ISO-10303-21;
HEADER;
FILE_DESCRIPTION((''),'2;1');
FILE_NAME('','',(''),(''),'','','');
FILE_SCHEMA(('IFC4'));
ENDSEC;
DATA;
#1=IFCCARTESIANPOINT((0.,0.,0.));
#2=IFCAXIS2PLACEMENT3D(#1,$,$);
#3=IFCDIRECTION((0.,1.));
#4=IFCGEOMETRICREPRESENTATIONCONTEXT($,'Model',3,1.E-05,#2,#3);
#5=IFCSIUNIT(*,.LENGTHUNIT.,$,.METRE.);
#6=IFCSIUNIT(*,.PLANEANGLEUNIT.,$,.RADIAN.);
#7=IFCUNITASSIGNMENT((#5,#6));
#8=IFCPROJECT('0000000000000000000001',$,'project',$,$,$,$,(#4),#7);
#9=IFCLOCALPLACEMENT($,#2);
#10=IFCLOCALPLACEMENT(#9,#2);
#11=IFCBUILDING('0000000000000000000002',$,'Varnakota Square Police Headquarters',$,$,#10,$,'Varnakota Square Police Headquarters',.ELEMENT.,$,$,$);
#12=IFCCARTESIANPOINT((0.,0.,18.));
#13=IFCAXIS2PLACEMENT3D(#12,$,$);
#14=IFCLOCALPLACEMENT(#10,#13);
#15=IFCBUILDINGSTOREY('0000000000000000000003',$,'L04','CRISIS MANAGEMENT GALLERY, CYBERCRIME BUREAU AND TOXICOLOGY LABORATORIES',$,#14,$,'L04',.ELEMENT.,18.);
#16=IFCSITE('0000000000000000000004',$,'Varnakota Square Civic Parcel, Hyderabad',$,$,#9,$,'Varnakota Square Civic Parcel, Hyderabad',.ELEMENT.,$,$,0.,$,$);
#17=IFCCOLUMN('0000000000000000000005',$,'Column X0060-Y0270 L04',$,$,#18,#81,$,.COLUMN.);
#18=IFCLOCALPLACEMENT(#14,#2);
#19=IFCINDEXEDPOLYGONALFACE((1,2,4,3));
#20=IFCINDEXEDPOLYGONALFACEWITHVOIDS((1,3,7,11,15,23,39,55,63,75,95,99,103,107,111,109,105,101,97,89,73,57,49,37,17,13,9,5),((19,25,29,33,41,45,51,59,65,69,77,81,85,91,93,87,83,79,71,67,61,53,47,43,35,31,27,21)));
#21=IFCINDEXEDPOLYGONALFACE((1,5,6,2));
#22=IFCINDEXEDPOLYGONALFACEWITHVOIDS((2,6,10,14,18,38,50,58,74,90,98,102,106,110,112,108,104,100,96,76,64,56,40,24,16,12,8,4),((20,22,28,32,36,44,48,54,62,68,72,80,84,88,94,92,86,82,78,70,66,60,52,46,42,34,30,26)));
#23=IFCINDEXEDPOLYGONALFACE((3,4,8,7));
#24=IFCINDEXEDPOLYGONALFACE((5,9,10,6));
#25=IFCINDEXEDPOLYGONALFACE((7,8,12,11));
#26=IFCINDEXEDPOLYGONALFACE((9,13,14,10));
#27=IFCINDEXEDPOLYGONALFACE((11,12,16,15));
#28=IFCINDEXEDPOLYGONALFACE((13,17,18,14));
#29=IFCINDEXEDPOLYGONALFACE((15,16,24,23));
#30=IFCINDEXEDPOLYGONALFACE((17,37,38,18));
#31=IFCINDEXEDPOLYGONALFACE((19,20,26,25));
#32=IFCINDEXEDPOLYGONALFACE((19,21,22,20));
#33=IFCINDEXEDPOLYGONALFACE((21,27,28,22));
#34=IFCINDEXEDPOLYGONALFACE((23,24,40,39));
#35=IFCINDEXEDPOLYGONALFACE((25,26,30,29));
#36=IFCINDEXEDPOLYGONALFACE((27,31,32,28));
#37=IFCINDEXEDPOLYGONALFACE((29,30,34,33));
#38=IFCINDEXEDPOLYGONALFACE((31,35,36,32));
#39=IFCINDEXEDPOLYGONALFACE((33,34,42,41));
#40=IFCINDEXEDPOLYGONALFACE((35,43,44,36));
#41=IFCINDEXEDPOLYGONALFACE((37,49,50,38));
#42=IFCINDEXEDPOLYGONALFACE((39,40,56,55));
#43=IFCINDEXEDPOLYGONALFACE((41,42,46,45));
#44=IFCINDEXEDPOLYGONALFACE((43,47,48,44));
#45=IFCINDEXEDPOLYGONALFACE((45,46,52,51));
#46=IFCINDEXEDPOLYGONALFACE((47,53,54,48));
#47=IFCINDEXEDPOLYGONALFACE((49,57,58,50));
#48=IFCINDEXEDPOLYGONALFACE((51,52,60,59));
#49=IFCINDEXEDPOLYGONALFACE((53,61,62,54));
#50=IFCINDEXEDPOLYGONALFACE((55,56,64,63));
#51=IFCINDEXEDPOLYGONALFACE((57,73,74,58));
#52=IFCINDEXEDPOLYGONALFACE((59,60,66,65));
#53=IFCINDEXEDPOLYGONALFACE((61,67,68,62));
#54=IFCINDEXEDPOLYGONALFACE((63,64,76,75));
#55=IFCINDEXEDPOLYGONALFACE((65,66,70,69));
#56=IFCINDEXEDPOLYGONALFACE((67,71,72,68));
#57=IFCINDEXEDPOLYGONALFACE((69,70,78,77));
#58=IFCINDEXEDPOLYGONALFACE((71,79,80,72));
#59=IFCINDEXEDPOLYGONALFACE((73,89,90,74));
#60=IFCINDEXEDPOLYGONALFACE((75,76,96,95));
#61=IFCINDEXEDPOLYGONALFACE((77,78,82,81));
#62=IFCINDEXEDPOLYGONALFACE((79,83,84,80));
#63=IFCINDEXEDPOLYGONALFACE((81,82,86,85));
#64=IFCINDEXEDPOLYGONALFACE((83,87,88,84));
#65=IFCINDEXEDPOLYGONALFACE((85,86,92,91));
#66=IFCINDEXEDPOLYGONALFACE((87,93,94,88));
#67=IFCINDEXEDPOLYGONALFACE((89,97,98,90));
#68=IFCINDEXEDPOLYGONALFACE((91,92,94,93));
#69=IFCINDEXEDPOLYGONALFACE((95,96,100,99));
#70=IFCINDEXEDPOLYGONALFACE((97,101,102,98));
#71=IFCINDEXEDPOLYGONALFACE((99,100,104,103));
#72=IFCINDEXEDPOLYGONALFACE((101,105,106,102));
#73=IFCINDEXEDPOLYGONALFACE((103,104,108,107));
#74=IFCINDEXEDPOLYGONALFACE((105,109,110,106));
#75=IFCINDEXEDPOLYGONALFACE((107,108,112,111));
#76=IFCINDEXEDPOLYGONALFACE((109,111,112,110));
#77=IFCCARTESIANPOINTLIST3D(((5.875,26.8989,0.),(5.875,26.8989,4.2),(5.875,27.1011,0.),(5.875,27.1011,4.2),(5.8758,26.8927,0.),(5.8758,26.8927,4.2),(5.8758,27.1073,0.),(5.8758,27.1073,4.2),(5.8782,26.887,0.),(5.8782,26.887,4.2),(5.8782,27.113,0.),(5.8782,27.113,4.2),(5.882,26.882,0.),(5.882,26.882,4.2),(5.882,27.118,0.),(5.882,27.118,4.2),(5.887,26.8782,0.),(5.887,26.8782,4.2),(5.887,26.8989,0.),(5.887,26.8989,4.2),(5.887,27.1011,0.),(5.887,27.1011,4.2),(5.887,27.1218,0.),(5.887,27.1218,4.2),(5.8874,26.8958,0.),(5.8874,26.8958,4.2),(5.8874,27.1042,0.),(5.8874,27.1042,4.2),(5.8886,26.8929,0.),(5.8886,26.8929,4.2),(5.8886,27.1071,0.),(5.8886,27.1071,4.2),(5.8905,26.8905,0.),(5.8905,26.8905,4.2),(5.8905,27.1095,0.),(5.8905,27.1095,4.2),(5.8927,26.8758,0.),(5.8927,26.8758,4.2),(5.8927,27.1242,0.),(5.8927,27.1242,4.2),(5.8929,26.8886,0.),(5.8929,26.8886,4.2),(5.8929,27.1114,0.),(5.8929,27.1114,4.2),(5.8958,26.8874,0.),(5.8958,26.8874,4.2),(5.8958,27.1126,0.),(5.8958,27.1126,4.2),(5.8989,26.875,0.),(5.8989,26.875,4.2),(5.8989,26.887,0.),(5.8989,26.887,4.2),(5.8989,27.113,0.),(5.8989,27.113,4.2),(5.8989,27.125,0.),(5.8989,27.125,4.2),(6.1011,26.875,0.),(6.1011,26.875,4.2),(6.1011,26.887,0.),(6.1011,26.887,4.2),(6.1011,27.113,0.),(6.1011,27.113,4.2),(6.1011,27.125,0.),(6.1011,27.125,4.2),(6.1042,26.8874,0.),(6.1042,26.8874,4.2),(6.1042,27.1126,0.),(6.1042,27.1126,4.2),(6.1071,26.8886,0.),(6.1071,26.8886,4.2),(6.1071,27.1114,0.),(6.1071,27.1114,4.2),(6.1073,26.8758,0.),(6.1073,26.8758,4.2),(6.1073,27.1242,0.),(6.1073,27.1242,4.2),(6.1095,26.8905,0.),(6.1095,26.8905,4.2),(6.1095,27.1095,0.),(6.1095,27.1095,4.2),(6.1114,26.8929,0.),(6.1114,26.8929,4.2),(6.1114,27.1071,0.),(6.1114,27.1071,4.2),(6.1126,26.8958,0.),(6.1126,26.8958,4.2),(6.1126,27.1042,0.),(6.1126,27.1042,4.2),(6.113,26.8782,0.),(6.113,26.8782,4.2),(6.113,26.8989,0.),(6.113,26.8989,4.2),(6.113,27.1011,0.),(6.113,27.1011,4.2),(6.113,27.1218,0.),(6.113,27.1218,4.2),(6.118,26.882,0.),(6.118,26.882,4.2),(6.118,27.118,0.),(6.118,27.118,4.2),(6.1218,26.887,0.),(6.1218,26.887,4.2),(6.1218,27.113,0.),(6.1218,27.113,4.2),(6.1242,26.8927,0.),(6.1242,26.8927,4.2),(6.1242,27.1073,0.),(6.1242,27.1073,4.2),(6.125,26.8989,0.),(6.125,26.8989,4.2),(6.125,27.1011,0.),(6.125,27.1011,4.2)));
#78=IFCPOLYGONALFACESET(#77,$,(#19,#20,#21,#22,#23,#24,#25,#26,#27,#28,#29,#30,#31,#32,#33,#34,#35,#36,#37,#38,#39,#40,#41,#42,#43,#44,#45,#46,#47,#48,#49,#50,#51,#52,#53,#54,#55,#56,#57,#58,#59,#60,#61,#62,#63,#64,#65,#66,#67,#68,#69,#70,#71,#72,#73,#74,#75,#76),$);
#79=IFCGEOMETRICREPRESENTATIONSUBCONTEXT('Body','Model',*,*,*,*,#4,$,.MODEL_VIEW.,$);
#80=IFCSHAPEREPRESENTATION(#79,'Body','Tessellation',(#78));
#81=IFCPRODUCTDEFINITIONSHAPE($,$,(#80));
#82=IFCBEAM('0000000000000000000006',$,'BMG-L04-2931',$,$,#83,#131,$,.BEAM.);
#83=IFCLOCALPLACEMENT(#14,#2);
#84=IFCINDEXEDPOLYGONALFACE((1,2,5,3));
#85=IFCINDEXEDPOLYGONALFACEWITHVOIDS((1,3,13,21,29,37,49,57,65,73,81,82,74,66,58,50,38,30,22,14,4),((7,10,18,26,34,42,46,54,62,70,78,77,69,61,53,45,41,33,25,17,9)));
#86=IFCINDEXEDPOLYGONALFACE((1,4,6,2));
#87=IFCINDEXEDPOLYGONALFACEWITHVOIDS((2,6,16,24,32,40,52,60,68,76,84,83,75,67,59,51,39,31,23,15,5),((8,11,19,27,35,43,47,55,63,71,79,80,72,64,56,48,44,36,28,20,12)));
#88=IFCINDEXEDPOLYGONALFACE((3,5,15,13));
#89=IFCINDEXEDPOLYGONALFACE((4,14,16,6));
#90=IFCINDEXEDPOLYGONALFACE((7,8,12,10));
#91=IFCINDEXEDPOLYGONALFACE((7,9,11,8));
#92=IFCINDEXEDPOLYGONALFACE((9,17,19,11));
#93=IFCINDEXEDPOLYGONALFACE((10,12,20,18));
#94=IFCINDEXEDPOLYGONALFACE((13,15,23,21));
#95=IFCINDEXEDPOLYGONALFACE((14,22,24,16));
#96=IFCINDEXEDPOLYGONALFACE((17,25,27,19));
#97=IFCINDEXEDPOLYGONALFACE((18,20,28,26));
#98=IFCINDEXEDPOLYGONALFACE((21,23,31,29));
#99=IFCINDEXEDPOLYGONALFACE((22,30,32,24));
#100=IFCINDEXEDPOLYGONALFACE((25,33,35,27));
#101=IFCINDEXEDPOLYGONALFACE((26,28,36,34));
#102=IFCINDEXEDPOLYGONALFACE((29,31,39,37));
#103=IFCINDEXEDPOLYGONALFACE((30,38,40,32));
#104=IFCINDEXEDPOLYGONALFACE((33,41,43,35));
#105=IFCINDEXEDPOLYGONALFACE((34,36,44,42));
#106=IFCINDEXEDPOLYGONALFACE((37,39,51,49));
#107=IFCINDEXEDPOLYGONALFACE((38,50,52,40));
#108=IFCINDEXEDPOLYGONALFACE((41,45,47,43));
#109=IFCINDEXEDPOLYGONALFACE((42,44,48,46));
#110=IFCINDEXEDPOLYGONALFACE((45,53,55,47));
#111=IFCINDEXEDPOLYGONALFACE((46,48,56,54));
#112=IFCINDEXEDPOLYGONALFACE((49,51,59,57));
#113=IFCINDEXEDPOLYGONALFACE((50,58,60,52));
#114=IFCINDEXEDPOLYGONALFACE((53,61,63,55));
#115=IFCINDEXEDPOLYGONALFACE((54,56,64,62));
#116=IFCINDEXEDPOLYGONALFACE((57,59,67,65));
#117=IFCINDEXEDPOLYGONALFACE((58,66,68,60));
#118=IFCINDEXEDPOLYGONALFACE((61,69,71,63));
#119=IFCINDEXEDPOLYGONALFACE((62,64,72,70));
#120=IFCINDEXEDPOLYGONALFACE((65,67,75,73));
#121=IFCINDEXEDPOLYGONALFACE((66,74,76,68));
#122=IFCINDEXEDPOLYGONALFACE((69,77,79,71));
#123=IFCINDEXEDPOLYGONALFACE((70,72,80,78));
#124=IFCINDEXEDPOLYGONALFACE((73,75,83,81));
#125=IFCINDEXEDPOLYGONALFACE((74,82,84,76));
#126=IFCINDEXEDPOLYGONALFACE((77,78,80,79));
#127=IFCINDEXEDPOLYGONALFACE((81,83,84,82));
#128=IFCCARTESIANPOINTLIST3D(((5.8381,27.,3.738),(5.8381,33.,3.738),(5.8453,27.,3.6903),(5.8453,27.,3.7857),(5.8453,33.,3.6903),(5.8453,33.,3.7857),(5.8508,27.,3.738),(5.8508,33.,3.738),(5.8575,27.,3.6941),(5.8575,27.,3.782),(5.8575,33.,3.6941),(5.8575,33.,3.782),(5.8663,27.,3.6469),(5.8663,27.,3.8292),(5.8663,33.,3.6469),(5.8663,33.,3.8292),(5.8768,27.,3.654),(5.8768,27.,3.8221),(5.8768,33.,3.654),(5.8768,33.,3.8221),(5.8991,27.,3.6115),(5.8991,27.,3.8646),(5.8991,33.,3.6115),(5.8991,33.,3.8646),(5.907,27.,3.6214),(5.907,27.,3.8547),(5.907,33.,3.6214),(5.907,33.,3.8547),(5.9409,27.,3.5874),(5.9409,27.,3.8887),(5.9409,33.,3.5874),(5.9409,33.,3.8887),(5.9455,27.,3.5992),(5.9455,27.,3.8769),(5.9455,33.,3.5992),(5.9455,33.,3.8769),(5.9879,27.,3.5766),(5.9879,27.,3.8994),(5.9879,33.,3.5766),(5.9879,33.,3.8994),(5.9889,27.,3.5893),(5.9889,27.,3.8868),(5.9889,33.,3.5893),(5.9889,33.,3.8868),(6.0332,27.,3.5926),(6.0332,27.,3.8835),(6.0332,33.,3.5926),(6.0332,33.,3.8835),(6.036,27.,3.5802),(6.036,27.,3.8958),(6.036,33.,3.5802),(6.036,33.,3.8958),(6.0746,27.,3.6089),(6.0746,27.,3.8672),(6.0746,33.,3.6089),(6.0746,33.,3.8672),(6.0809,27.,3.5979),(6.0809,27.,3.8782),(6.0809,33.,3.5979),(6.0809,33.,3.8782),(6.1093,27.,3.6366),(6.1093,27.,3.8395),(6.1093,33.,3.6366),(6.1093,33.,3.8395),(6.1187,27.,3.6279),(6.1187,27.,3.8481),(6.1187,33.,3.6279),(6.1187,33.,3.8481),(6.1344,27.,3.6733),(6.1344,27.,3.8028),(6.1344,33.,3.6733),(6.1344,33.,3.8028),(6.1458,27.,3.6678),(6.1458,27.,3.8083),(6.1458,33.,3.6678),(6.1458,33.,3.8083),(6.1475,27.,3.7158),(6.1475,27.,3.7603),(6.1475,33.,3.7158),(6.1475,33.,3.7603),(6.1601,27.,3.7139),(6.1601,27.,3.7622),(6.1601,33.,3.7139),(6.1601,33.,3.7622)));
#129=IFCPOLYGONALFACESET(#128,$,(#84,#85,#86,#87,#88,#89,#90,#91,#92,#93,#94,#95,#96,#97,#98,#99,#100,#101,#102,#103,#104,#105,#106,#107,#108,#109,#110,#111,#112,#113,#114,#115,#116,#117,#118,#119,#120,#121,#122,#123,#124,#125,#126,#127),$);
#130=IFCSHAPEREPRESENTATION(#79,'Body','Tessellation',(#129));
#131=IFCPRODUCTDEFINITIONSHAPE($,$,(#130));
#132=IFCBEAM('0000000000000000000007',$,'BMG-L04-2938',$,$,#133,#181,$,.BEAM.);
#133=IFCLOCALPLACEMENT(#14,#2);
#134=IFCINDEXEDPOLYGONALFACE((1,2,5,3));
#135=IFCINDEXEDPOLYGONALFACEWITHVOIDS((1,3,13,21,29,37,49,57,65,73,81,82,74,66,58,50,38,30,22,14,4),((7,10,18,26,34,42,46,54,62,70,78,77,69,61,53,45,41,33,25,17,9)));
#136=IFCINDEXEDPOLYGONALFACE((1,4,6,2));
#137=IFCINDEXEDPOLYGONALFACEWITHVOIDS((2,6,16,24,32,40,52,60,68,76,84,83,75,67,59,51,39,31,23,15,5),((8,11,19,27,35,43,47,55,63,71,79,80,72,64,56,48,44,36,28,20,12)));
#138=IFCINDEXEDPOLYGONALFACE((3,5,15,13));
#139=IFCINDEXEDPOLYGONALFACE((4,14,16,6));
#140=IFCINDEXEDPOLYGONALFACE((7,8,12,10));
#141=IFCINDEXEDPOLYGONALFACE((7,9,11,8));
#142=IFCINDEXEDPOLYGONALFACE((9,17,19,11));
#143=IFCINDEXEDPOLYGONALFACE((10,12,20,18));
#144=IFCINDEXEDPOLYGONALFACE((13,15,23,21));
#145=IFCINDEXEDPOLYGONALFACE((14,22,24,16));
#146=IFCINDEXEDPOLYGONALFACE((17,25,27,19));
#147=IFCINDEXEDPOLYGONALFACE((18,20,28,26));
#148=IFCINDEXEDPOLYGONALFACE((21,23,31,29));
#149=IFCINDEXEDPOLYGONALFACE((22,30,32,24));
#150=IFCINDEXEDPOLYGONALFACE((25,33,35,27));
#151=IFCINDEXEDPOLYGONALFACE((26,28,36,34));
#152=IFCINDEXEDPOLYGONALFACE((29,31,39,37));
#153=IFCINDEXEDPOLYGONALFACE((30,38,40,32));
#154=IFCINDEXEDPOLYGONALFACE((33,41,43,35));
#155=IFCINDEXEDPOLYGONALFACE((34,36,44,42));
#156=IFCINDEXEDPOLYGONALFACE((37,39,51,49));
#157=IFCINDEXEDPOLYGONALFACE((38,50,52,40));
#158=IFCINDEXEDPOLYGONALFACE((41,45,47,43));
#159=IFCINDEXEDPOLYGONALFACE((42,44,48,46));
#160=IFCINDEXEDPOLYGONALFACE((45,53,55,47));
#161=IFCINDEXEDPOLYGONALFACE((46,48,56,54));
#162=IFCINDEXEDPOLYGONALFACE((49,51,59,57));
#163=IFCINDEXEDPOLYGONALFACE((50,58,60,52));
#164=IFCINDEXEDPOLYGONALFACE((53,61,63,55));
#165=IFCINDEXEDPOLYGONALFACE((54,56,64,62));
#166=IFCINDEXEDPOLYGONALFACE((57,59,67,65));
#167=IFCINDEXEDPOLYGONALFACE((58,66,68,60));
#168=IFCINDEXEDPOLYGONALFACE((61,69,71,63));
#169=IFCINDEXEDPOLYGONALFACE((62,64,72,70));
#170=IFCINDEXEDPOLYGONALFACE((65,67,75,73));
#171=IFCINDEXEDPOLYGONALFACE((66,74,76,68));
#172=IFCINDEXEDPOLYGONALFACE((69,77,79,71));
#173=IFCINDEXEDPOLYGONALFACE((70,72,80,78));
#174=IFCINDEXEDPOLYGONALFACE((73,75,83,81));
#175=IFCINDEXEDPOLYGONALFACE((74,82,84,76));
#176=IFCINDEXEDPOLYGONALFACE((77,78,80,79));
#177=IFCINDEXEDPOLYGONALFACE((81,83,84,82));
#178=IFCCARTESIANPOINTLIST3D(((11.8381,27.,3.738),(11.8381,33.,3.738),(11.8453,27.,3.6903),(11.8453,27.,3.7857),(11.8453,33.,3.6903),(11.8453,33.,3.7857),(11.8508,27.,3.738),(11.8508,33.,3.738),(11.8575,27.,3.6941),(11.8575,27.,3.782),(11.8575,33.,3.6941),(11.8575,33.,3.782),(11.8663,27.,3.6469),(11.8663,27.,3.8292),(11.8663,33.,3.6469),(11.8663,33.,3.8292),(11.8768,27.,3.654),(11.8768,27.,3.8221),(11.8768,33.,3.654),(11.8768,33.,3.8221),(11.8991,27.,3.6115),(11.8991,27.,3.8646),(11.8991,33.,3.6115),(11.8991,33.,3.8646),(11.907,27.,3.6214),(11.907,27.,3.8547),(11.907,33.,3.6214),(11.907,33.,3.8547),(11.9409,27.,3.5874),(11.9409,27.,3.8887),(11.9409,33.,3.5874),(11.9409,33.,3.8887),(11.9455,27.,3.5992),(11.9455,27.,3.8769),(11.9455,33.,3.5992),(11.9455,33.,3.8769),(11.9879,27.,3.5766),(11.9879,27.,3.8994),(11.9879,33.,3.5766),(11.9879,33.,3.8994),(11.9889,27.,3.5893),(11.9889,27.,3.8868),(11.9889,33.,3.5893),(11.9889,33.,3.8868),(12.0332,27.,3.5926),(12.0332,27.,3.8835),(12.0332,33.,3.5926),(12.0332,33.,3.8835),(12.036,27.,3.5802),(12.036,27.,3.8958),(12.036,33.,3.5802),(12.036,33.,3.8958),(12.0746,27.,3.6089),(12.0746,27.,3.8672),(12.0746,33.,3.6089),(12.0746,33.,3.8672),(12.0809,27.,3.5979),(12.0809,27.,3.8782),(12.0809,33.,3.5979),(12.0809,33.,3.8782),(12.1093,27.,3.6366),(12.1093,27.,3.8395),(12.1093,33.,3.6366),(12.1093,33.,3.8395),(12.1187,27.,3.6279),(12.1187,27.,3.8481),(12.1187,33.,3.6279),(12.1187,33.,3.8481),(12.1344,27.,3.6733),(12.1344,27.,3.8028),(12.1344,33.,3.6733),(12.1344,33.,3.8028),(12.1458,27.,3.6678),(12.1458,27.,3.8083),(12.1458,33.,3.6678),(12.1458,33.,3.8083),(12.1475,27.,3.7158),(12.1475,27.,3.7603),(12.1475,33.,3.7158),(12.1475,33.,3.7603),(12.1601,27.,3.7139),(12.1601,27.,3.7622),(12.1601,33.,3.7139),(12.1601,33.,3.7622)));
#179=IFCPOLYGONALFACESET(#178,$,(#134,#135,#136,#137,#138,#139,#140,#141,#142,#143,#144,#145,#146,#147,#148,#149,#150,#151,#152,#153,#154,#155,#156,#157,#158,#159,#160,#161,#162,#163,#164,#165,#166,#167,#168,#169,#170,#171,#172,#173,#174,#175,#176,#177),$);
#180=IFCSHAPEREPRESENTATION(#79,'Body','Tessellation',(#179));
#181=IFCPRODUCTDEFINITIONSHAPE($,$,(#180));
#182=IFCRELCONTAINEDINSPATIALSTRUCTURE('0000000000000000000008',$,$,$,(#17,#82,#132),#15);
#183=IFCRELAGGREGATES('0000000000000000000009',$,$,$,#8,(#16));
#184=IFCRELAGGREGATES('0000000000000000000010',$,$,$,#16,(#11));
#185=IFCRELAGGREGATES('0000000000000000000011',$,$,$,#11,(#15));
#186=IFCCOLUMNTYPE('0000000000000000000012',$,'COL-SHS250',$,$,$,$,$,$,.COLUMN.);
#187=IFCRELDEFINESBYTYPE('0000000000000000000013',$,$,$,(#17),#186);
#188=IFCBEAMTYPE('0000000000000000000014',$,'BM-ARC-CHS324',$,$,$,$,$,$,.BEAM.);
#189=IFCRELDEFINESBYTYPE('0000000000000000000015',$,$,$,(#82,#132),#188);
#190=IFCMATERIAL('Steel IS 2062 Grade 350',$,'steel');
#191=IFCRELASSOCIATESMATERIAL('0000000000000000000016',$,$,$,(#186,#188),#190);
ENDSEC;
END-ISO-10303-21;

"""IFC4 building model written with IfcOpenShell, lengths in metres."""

from ifc_helpers import new_model, si_unit, direction, frame, origin, origin_2d, place, context, subcontext, project, spatial, hollow_rectangle, hollow_circle, extrude, material, material_profile, profile_set, type_object, element, save


model = new_model("IFC4")

# Units and contexts
model_context = context("Model", 3, precision=1e-05, world=origin(), true_north=direction((0.0, 1.0)))
body_context = subcontext(model_context, "Body", "Model", "MODEL_VIEW")
ifc_project = project(units=[si_unit("LENGTHUNIT", "METRE"), si_unit("PLANEANGLEUNIT", "RADIAN")], contexts=[model_context])

# Site, building, storey
site_placement = place(None, origin())
site = spatial("IfcSite", under=ifc_project, at=site_placement, Name="Varnakota Square Civic Parcel, Hyderabad", LongName="Varnakota Square Civic Parcel, Hyderabad", CompositionType="ELEMENT", RefElevation=0.0)
building_placement = place(site_placement, origin())
building = spatial("IfcBuilding", under=site, at=building_placement, Name="Varnakota Square Police Headquarters", LongName="Varnakota Square Police Headquarters", CompositionType="ELEMENT")
storey_placement = place(building_placement, frame((0.0, 0.0, 18.0)))
storey = spatial("IfcBuildingStorey", under=building, at=storey_placement, Name="L04", Description="CRISIS MANAGEMENT GALLERY, CYBERCRIME BUREAU AND TOXICOLOGY LABORATORIES", LongName="L04", CompositionType="ELEMENT", Elevation=18.0)

# Column
ifc_material_1 = material(Name="Steel IS 2062 Grade 350", Category="steel")
ifc_material_profile_1 = material_profile(ifc_material_1, hollow_rectangle(XDim=0.25, YDim=0.25, WallThickness=0.012, InnerFilletRadius=0.012, OuterFilletRadius=0.0239, at=origin_2d()), Name="SHS 250x250x12")
ifc_profile_set_1 = profile_set([ifc_material_profile_1], Name="Steel IS 2062 Grade 350")
column_type_1 = type_object("IfcColumnType", Name="COL-SHS250", PredefinedType="COLUMN", material=ifc_profile_set_1)
column_1_placement = place(storey_placement, frame((6.0, 27.0, 0.0), z_axis=(0.0, 0.0, 1.0), x_axis=(1.0, 0.0, 0.0)))
element("IfcColumn", 1, at=column_1_placement, inside=storey, type_object=column_type_1, Name="Column X0060-Y0270 L04", PredefinedType="COLUMN", context=body_context, shape_type="SweptSolid", body=[
    extrude(hollow_rectangle(XDim=0.25, YDim=0.25, WallThickness=0.012, InnerFilletRadius=0.012, OuterFilletRadius=0.0239, at=origin_2d()), origin(), (0.0, 0.0, 1.0), 4.2),
])

# Beams
ifc_material_profile_2 = material_profile(ifc_material_1, hollow_circle(Radius=0.1619, WallThickness=0.0127, at=origin_2d()), Name="CHS 323.9x12.7")
ifc_profile_set_2 = profile_set([ifc_material_profile_2], Name="Steel IS 2062 Grade 350")
beam_type_1 = type_object("IfcBeamType", Name="BM-ARC-CHS324", PredefinedType="BEAM", material=ifc_profile_set_2)
for number, where, z_axis, x_axis, name in (
    (2, (6.0, 27.0, 3.738), (0.0, 1.0, 0.0), (-1.0, 0.0, 0.0), "BMG-L04-2931"),
    (3, (12.0, 27.0, 3.738), (0.0, 1.0, 0.0), (-1.0, 0.0, 0.0), "BMG-L04-2938"),
):
    element("IfcBeam", number, at=place(storey_placement, frame(where, z_axis=z_axis, x_axis=x_axis)), inside=storey, type_object=beam_type_1, Name=name, PredefinedType="BEAM", context=body_context, shape_type="SweptSolid", body=[
        extrude(hollow_circle(Radius=0.1619, WallThickness=0.0127, at=origin_2d()), origin(), (0.0, 0.0, 1.0), 6.0),
    ])

save(model, "model.ifc")
